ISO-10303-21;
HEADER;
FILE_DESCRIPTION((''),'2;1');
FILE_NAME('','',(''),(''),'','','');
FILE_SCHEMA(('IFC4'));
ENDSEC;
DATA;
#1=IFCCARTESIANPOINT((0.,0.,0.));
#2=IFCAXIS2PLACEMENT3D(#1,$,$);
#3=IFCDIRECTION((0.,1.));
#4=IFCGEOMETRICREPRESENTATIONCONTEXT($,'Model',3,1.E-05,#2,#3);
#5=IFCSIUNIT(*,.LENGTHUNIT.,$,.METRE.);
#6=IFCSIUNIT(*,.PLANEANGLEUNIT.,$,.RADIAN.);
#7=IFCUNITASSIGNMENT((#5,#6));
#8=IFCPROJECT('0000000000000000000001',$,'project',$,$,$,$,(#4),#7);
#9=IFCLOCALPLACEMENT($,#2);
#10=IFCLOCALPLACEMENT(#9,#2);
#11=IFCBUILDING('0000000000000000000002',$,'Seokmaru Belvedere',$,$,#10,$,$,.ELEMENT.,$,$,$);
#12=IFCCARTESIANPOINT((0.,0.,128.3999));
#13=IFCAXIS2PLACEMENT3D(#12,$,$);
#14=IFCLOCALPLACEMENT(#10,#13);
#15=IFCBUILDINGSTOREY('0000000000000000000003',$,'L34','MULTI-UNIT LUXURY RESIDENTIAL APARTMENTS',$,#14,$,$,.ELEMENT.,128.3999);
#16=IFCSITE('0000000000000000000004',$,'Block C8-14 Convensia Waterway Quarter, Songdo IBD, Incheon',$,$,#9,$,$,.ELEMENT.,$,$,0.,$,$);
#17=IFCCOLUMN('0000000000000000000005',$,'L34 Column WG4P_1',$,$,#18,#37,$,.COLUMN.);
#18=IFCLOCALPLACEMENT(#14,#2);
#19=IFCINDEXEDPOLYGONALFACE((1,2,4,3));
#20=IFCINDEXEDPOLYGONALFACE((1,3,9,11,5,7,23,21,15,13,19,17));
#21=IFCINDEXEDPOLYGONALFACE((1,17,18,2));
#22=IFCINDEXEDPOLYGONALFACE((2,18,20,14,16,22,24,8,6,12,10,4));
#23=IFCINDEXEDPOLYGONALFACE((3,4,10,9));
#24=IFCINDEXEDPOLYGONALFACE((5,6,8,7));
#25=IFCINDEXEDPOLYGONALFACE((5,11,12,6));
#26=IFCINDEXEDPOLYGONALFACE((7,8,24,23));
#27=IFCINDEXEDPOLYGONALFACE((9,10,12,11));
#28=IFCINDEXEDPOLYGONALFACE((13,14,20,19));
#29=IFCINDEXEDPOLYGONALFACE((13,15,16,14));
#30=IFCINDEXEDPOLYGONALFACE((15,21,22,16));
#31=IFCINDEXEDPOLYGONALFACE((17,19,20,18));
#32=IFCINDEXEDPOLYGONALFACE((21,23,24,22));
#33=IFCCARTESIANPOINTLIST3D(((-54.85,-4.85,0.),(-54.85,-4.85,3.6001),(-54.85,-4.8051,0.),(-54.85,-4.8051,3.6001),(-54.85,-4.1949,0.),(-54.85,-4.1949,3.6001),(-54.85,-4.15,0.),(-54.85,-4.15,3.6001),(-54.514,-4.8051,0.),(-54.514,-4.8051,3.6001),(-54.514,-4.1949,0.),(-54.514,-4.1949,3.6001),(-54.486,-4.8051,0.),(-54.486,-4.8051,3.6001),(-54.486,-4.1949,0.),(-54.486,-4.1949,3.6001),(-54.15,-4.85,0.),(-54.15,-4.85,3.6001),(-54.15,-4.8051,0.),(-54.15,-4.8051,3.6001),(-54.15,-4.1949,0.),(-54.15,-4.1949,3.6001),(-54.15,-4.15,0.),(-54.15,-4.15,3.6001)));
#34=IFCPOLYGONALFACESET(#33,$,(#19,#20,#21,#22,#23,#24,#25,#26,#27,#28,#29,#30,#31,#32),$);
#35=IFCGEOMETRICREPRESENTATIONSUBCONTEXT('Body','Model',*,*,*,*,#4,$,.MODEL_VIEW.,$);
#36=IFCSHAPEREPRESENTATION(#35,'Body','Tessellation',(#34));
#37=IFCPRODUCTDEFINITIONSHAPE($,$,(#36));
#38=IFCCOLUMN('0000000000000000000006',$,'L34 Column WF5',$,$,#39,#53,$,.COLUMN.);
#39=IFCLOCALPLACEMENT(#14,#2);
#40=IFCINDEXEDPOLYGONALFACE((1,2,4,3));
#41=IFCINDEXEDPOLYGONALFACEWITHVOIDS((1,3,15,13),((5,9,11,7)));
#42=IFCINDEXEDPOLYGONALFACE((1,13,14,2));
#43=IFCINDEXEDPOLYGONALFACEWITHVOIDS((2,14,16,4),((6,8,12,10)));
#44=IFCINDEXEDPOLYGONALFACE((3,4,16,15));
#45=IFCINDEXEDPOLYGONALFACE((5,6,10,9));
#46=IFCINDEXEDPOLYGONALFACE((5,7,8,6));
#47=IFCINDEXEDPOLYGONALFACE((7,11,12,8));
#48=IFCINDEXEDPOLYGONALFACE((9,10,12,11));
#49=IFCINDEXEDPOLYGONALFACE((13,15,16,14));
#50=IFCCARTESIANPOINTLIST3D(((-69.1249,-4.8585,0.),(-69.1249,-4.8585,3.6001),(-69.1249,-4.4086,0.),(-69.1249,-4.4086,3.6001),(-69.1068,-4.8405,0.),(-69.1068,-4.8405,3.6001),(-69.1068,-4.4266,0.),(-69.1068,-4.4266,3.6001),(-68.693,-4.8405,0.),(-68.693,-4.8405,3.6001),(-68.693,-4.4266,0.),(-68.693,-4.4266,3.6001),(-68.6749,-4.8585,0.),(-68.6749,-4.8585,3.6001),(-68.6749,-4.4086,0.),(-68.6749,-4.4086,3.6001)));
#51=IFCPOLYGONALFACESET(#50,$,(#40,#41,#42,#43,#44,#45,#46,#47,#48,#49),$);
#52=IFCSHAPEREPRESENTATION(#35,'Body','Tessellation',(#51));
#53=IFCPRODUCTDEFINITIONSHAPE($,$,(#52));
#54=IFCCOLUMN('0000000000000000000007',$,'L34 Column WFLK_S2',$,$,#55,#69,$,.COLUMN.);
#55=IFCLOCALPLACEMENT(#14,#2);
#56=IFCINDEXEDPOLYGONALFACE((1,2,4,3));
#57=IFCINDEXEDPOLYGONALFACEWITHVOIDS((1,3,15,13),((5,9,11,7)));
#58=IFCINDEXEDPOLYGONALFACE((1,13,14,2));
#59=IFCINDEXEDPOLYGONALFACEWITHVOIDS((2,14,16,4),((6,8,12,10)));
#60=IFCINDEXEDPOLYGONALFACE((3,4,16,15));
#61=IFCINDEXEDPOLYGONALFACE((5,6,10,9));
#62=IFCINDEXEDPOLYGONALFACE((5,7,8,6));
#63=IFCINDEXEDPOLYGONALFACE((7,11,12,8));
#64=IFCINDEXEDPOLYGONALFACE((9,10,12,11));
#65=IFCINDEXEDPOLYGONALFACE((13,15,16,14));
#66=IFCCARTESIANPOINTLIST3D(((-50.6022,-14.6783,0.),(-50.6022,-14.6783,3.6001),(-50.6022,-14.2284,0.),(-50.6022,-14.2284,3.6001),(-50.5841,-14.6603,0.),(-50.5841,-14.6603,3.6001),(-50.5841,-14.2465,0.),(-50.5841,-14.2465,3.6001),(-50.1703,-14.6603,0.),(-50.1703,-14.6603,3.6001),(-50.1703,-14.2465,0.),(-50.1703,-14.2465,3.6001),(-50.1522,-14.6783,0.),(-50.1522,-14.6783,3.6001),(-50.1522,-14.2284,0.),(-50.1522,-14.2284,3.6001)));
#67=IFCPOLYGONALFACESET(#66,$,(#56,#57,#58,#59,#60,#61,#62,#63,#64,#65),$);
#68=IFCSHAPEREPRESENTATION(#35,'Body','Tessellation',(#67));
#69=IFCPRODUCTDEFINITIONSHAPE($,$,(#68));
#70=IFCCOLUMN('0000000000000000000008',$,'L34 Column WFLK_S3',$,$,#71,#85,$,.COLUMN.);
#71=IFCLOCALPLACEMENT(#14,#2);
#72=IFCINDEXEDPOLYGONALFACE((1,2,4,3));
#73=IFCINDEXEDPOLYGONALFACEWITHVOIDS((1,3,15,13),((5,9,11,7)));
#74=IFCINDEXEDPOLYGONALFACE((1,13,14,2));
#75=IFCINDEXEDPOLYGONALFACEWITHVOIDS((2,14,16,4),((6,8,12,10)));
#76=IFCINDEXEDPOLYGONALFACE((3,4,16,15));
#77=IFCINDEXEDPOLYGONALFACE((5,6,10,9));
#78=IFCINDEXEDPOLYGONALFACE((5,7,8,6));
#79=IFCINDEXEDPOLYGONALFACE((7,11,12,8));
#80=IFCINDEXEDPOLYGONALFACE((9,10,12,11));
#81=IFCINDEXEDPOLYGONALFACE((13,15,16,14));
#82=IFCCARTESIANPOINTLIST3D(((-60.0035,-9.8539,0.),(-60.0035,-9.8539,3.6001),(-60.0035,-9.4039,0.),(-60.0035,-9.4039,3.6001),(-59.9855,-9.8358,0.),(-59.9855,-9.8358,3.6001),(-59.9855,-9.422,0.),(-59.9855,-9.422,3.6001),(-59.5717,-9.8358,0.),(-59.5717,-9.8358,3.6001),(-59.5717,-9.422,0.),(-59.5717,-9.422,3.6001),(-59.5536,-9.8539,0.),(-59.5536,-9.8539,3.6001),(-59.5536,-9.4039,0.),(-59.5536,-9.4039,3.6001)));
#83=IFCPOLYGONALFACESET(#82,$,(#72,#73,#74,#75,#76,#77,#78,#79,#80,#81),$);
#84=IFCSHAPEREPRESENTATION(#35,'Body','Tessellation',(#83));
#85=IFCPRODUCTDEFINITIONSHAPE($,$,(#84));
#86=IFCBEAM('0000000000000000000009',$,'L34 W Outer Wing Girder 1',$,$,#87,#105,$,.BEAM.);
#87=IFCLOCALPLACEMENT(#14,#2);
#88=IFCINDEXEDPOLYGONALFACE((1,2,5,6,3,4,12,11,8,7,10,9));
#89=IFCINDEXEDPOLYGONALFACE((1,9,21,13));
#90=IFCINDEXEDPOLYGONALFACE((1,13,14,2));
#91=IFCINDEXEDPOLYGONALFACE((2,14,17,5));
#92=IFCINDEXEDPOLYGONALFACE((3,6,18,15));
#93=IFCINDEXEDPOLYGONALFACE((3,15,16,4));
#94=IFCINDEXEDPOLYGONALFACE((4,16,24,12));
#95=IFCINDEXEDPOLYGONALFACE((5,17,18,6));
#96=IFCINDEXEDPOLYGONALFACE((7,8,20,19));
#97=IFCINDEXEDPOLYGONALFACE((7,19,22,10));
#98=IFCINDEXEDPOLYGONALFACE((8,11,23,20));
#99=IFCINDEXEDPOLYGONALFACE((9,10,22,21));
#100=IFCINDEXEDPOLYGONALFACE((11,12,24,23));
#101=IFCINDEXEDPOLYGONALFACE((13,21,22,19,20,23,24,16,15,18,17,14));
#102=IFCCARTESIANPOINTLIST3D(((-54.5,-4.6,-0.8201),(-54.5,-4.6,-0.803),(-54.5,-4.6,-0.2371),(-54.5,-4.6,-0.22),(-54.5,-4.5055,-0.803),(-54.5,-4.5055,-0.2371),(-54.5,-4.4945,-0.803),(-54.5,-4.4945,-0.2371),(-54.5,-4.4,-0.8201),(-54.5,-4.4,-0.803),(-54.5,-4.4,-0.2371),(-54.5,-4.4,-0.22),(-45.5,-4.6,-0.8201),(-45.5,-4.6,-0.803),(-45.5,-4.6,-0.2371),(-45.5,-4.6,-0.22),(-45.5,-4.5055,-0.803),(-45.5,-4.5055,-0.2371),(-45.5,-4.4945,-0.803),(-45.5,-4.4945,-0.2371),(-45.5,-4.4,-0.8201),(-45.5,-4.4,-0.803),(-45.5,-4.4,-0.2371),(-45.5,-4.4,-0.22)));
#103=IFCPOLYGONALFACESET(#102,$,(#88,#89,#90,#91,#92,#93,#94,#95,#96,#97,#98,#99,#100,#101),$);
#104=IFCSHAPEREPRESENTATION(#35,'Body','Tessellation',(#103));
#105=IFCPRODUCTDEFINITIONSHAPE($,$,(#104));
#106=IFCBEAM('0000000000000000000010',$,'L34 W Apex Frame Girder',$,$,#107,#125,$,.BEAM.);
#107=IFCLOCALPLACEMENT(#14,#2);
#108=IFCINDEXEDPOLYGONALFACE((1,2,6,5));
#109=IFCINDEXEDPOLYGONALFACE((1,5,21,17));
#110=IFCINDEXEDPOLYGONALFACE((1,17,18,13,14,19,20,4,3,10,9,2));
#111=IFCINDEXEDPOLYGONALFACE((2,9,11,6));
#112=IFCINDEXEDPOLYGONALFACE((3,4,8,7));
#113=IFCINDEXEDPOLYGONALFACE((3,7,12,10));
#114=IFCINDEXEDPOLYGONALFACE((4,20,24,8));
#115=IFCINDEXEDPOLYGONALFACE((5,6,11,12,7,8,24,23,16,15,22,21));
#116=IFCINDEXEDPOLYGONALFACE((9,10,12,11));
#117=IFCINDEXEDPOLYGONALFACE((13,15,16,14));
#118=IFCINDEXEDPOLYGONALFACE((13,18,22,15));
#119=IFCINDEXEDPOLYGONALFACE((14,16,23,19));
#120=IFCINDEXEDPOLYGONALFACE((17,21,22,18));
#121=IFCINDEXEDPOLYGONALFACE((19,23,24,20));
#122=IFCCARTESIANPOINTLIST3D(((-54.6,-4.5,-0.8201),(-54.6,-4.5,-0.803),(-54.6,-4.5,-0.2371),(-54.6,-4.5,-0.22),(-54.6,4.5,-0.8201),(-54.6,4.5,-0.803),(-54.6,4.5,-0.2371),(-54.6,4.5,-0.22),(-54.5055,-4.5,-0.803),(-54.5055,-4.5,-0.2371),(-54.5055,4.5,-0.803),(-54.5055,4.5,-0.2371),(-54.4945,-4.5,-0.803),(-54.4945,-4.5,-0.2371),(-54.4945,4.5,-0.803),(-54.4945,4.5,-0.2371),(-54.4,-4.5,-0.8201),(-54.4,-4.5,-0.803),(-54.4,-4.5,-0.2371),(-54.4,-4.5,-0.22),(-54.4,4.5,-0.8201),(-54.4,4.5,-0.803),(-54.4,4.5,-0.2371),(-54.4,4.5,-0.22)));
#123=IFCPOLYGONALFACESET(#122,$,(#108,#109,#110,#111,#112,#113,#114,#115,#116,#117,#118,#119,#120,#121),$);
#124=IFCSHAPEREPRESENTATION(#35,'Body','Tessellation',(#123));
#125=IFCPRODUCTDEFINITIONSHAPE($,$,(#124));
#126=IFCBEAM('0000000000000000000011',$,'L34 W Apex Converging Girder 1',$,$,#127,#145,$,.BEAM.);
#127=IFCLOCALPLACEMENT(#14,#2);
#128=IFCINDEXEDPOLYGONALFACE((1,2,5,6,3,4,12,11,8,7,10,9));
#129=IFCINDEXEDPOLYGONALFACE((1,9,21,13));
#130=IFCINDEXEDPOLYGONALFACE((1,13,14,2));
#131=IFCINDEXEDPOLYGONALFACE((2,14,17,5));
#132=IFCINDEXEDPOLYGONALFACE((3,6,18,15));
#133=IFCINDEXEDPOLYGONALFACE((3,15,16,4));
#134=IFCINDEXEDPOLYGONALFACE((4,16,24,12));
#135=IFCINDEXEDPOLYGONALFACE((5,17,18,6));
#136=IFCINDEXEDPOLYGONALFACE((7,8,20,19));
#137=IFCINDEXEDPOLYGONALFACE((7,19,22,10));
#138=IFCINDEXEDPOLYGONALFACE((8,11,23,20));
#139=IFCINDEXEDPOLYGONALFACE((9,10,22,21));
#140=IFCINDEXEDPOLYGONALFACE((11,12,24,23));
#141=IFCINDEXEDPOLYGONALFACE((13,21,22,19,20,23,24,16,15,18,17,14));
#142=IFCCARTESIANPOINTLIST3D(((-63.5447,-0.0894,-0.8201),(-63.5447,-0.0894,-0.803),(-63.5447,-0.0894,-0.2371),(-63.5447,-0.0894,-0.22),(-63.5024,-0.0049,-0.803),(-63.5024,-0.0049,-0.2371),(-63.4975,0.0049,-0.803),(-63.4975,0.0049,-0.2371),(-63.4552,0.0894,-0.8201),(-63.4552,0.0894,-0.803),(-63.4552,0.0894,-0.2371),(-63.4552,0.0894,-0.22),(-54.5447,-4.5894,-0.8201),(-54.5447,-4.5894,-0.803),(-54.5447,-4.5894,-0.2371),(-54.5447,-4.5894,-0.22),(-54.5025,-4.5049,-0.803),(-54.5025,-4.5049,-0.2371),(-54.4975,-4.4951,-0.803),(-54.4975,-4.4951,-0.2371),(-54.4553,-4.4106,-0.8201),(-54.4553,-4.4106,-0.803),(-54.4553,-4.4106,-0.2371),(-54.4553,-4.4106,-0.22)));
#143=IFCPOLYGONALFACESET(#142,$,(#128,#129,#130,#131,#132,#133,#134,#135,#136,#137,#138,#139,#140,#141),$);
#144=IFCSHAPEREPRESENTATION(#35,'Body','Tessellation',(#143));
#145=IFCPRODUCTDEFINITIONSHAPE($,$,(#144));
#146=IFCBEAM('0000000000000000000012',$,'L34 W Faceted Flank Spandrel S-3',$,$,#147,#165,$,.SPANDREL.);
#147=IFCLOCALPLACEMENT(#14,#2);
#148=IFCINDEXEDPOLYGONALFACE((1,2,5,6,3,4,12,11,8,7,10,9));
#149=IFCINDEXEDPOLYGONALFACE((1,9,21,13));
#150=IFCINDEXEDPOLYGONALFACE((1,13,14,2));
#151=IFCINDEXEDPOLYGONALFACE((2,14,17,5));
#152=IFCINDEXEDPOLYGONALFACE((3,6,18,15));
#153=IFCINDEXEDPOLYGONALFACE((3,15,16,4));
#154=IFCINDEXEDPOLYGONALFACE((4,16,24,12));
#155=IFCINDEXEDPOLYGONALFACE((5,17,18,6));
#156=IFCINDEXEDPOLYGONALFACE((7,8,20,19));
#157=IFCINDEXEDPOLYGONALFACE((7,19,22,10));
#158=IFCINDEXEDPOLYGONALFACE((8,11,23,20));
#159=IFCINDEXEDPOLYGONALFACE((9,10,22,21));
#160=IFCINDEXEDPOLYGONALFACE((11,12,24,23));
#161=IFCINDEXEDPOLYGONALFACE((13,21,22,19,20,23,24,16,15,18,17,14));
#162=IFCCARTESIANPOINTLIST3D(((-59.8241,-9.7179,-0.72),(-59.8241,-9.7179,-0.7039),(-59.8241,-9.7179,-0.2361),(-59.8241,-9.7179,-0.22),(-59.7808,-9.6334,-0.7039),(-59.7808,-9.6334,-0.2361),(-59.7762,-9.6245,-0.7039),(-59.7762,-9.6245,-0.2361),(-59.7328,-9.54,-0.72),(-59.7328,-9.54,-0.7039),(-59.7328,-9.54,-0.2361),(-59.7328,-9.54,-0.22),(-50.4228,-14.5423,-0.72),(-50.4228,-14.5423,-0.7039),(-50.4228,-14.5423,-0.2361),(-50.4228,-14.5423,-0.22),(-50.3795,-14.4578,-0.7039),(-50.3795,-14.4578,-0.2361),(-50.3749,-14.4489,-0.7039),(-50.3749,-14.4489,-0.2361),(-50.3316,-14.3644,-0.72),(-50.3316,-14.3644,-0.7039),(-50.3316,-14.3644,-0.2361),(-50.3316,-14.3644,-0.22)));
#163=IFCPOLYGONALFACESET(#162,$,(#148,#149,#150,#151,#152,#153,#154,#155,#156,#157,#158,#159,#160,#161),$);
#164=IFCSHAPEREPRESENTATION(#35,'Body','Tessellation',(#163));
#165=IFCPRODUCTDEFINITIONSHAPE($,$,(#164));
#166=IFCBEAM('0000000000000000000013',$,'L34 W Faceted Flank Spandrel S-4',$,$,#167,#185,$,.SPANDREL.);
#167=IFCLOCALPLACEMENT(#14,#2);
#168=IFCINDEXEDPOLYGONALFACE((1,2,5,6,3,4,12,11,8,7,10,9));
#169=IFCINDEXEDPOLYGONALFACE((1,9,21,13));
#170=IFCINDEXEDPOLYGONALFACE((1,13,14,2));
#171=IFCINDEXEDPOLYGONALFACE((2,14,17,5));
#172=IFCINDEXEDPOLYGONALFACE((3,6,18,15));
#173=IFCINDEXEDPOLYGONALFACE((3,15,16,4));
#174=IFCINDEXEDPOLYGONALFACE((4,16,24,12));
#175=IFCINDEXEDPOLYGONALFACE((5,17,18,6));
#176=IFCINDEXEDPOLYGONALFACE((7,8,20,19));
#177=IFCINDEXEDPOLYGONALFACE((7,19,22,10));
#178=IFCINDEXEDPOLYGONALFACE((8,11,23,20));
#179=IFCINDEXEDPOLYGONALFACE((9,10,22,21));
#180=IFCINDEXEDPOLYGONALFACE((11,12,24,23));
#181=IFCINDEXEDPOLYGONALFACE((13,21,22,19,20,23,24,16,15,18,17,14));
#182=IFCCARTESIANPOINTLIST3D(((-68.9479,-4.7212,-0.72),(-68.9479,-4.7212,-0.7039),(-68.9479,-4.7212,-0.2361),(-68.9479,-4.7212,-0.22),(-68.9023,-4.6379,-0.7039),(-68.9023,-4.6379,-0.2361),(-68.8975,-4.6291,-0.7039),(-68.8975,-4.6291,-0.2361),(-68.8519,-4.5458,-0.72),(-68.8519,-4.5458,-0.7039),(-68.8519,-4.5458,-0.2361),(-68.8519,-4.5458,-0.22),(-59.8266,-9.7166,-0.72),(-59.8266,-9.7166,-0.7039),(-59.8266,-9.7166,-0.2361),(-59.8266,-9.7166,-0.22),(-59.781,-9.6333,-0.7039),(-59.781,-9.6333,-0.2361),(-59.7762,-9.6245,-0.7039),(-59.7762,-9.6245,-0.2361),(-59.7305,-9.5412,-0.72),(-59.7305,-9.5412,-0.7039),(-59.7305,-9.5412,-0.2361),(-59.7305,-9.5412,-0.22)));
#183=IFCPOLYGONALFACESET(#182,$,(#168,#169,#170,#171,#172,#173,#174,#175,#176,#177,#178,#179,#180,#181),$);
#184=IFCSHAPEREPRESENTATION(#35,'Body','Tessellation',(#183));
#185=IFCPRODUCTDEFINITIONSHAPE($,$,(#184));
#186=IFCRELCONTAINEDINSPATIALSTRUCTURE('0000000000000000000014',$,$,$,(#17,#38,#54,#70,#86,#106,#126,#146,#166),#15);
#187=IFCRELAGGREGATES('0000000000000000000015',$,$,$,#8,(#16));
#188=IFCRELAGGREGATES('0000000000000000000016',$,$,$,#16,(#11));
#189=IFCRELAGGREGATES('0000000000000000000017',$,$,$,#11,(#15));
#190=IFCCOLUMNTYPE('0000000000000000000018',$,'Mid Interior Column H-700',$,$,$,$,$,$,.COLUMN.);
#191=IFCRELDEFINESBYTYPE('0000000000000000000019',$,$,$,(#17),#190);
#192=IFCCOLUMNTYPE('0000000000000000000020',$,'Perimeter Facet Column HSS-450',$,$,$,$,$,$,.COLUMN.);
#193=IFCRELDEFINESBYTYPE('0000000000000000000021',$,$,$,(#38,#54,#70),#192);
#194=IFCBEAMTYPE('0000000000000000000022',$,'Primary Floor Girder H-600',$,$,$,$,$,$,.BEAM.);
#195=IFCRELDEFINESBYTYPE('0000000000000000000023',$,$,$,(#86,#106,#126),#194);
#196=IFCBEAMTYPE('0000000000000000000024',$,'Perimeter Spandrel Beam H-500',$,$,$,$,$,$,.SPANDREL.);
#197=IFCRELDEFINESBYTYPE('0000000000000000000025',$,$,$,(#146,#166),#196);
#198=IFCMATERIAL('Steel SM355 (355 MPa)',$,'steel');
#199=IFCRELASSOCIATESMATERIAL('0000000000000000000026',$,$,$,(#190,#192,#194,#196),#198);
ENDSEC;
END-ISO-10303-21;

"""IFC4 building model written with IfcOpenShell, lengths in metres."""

from ifc_helpers import new_model, si_unit, direction, frame, origin, origin_2d, place, context, subcontext, project, spatial, hollow_rectangle, i_section, extrude, source, transform, mapped, material, material_profile, profile_set, type_object, type_shapes, element, save


model = new_model("IFC4")

# Units and contexts
model_context = context("Model", 3, precision=1e-05, world=origin(), true_north=direction((0.0, 1.0)))
body_context = subcontext(model_context, "Body", "Model", "MODEL_VIEW")
ifc_project = project(units=[si_unit("LENGTHUNIT", "METRE"), si_unit("PLANEANGLEUNIT", "RADIAN")], contexts=[model_context])

# Site, building, storey
site_placement = place(None, origin())
site = spatial("IfcSite", under=ifc_project, at=site_placement, Name="Block C8-14 Convensia Waterway Quarter, Songdo IBD, Incheon", CompositionType="ELEMENT", RefElevation=0.0)
building_placement = place(site_placement, origin())
building = spatial("IfcBuilding", under=site, at=building_placement, Name="Seokmaru Belvedere", CompositionType="ELEMENT")
storey_placement = place(building_placement, frame((0.0, 0.0, 128.3999)))
storey = spatial("IfcBuildingStorey", under=building, at=storey_placement, Name="L34", Description="MULTI-UNIT LUXURY RESIDENTIAL APARTMENTS", CompositionType="ELEMENT", Elevation=128.3999)

# Columns
ifc_material_1 = material(Name="Steel SM355 (355 MPa)", Category="steel")
ifc_material_profile_1 = material_profile(ifc_material_1, i_section(OverallWidth=0.7, OverallDepth=0.7, WebThickness=0.0281, FlangeThickness=0.0449, at=origin_2d()), Name="H-700x700x28x45")
ifc_profile_set_1 = profile_set([ifc_material_profile_1], Name="Steel SM355 (355 MPa)")
column_type_1 = type_object("IfcColumnType", Name="Mid Interior Column H-700", PredefinedType="COLUMN", material=ifc_profile_set_1)
shared_shape_1 = source(origin(), body_context, "Body", "SweptSolid", [
    extrude(i_section(OverallWidth=0.7, OverallDepth=0.7, WebThickness=0.0281, FlangeThickness=0.0449, at=origin_2d()), origin(), (0.0, 0.0, 1.0), 3.6001),
])
type_shapes(column_type_1, [shared_shape_1])
column_placement = place(storey_placement, frame((-54.5, -4.5, 0.0), z_axis=(0.0, 0.0, 1.0), x_axis=(1.0, 0.0, 0.0)))
element("IfcColumn", 1, at=column_placement, inside=storey, type_object=column_type_1, Name="L34 Column WG4P_1", PredefinedType="COLUMN", context=body_context, shape_type="MappedRepresentation", body=[
    mapped(shared_shape_1, transform((0.0, 0.0, 0.0), scale=1.0)),
])
ifc_material_profile_2 = material_profile(ifc_material_1, hollow_rectangle(XDim=0.45, YDim=0.45, WallThickness=0.0181, at=origin_2d()), Name="HSS-450x450x18")
ifc_profile_set_2 = profile_set([ifc_material_profile_2], Name="Steel SM355 (355 MPa)")
column_type_2 = type_object("IfcColumnType", Name="Perimeter Facet Column HSS-450", PredefinedType="COLUMN", material=ifc_profile_set_2)
shared_shape_2 = source(origin(), body_context, "Body", "SweptSolid", [
    extrude(hollow_rectangle(XDim=0.45, YDim=0.45, WallThickness=0.0181, at=origin_2d()), origin(), (0.0, 0.0, 1.0), 3.6001),
])
type_shapes(column_type_2, [shared_shape_2])
for number, where, z_axis, x_axis, name in (
    (2, (-68.8999, -4.6335, 0.0), (0.0, 0.0, 1.0), (1.0, 0.0, 0.0), "L34 Column WF5"),
    (3, (-50.3772, -14.4534, 0.0), (0.0, 0.0, 1.0), (1.0, 0.0, 0.0), "L34 Column WFLK_S2"),
    (4, (-59.7786, -9.6289, 0.0), (0.0, 0.0, 1.0), (1.0, 0.0, 0.0), "L34 Column WFLK_S3"),
):
    element("IfcColumn", number, at=place(storey_placement, frame(where, z_axis=z_axis, x_axis=x_axis)), inside=storey, type_object=column_type_2, Name=name, PredefinedType="COLUMN", context=body_context, shape_type="MappedRepresentation", body=[
        mapped(shared_shape_2, transform((0.0, 0.0, 0.0), scale=1.0)),
    ])

# Beams
ifc_material_profile_3 = material_profile(ifc_material_1, i_section(OverallWidth=0.2, OverallDepth=0.6001, WebThickness=0.011, FlangeThickness=0.0171, at=origin_2d()), Name="H-600x200x11x17")
ifc_profile_set_3 = profile_set([ifc_material_profile_3], Name="Steel SM355 (355 MPa)")
beam_type_1 = type_object("IfcBeamType", Name="Primary Floor Girder H-600", PredefinedType="BEAM", material=ifc_profile_set_3)
shared_shape_3 = source(origin(), body_context, "Body", "SweptSolid", [
    extrude(i_section(OverallWidth=0.2, OverallDepth=0.6001, WebThickness=0.011, FlangeThickness=0.0171, at=origin_2d()), origin(), (0.0, 0.0, 1.0), 9.0),
])
for number, where, z_axis, x_axis, name in (
    (5, (-54.5, -4.5, -0.52), (1.0, 0.0, 0.0), (0.0, 1.0, 0.0), "L34 W Outer Wing Girder 1"),
    (6, (-54.5, -4.5, -0.52), (0.0, 1.0, 0.0), (-1.0, 0.0, 0.0), "L34 W Apex Frame Girder"),
):
    element("IfcBeam", number, at=place(storey_placement, frame(where, z_axis=z_axis, x_axis=x_axis)), inside=storey, type_object=beam_type_1, Name=name, PredefinedType="BEAM", context=body_context, shape_type="MappedRepresentation", body=[
        mapped(shared_shape_3, transform((0.0, 0.0, 0.0), scale=1.0)),
    ])
shared_shape_4 = source(origin(), body_context, "Body", "SweptSolid", [
    extrude(i_section(OverallWidth=0.2, OverallDepth=0.6001, WebThickness=0.011, FlangeThickness=0.0171, at=origin_2d()), origin(), (0.0, 0.0, 1.0), 10.0623),
])
beam_1_placement = place(storey_placement, frame((-54.5, -4.5, -0.52), z_axis=(-0.894427, 0.447214, 0.0), x_axis=(-0.447214, -0.894427, 0.0)))
element("IfcBeam", 7, at=beam_1_placement, inside=storey, type_object=beam_type_1, Name="L34 W Apex Converging Girder 1", PredefinedType="BEAM", context=body_context, shape_type="MappedRepresentation", body=[
    mapped(shared_shape_4, transform((0.0, 0.0, 0.0), scale=1.0)),
])
ifc_material_profile_4 = material_profile(ifc_material_1, i_section(OverallWidth=0.2, OverallDepth=0.5, WebThickness=0.01, FlangeThickness=0.0161, at=origin_2d()), Name="H-500x200x10x16")
ifc_profile_set_4 = profile_set([ifc_material_profile_4], Name="Steel SM355 (355 MPa)")
beam_type_2 = type_object("IfcBeamType", Name="Perimeter Spandrel Beam H-500", PredefinedType="SPANDREL", material=ifc_profile_set_4)
shared_shape_5 = source(origin(), body_context, "Body", "SweptSolid", [
    extrude(i_section(OverallWidth=0.2, OverallDepth=0.5, WebThickness=0.01, FlangeThickness=0.0161, at=origin_2d()), origin(), (0.0, 0.0, 1.0), 10.5669),
])
beam_2_placement = place(storey_placement, frame((-50.3772, -14.4534, -0.47), z_axis=(-0.889693, 0.45656, 0.0), x_axis=(-0.45656, -0.889693, 0.0)))
element("IfcBeam", 8, at=beam_2_placement, inside=storey, type_object=beam_type_2, Name="L34 W Faceted Flank Spandrel S-3", PredefinedType="SPANDREL", context=body_context, shape_type="MappedRepresentation", body=[
    mapped(shared_shape_5, transform((0.0, 0.0, 0.0), scale=1.0)),
])
shared_shape_6 = source(origin(), body_context, "Body", "SweptSolid", [
    extrude(i_section(OverallWidth=0.2, OverallDepth=0.5, WebThickness=0.01, FlangeThickness=0.0161, at=origin_2d()), origin(), (0.0, 0.0, 1.0), 10.3997),
])
beam_3_placement = place(storey_placement, frame((-59.7786, -9.6289, -0.47), z_axis=(-0.877082, 0.48034, 0.0), x_axis=(-0.48034, -0.877082, 0.0)))
element("IfcBeam", 9, at=beam_3_placement, inside=storey, type_object=beam_type_2, Name="L34 W Faceted Flank Spandrel S-4", PredefinedType="SPANDREL", context=body_context, shape_type="MappedRepresentation", body=[
    mapped(shared_shape_6, transform((0.0, 0.0, 0.0), scale=1.0)),
])

save(model, "model.ifc")
